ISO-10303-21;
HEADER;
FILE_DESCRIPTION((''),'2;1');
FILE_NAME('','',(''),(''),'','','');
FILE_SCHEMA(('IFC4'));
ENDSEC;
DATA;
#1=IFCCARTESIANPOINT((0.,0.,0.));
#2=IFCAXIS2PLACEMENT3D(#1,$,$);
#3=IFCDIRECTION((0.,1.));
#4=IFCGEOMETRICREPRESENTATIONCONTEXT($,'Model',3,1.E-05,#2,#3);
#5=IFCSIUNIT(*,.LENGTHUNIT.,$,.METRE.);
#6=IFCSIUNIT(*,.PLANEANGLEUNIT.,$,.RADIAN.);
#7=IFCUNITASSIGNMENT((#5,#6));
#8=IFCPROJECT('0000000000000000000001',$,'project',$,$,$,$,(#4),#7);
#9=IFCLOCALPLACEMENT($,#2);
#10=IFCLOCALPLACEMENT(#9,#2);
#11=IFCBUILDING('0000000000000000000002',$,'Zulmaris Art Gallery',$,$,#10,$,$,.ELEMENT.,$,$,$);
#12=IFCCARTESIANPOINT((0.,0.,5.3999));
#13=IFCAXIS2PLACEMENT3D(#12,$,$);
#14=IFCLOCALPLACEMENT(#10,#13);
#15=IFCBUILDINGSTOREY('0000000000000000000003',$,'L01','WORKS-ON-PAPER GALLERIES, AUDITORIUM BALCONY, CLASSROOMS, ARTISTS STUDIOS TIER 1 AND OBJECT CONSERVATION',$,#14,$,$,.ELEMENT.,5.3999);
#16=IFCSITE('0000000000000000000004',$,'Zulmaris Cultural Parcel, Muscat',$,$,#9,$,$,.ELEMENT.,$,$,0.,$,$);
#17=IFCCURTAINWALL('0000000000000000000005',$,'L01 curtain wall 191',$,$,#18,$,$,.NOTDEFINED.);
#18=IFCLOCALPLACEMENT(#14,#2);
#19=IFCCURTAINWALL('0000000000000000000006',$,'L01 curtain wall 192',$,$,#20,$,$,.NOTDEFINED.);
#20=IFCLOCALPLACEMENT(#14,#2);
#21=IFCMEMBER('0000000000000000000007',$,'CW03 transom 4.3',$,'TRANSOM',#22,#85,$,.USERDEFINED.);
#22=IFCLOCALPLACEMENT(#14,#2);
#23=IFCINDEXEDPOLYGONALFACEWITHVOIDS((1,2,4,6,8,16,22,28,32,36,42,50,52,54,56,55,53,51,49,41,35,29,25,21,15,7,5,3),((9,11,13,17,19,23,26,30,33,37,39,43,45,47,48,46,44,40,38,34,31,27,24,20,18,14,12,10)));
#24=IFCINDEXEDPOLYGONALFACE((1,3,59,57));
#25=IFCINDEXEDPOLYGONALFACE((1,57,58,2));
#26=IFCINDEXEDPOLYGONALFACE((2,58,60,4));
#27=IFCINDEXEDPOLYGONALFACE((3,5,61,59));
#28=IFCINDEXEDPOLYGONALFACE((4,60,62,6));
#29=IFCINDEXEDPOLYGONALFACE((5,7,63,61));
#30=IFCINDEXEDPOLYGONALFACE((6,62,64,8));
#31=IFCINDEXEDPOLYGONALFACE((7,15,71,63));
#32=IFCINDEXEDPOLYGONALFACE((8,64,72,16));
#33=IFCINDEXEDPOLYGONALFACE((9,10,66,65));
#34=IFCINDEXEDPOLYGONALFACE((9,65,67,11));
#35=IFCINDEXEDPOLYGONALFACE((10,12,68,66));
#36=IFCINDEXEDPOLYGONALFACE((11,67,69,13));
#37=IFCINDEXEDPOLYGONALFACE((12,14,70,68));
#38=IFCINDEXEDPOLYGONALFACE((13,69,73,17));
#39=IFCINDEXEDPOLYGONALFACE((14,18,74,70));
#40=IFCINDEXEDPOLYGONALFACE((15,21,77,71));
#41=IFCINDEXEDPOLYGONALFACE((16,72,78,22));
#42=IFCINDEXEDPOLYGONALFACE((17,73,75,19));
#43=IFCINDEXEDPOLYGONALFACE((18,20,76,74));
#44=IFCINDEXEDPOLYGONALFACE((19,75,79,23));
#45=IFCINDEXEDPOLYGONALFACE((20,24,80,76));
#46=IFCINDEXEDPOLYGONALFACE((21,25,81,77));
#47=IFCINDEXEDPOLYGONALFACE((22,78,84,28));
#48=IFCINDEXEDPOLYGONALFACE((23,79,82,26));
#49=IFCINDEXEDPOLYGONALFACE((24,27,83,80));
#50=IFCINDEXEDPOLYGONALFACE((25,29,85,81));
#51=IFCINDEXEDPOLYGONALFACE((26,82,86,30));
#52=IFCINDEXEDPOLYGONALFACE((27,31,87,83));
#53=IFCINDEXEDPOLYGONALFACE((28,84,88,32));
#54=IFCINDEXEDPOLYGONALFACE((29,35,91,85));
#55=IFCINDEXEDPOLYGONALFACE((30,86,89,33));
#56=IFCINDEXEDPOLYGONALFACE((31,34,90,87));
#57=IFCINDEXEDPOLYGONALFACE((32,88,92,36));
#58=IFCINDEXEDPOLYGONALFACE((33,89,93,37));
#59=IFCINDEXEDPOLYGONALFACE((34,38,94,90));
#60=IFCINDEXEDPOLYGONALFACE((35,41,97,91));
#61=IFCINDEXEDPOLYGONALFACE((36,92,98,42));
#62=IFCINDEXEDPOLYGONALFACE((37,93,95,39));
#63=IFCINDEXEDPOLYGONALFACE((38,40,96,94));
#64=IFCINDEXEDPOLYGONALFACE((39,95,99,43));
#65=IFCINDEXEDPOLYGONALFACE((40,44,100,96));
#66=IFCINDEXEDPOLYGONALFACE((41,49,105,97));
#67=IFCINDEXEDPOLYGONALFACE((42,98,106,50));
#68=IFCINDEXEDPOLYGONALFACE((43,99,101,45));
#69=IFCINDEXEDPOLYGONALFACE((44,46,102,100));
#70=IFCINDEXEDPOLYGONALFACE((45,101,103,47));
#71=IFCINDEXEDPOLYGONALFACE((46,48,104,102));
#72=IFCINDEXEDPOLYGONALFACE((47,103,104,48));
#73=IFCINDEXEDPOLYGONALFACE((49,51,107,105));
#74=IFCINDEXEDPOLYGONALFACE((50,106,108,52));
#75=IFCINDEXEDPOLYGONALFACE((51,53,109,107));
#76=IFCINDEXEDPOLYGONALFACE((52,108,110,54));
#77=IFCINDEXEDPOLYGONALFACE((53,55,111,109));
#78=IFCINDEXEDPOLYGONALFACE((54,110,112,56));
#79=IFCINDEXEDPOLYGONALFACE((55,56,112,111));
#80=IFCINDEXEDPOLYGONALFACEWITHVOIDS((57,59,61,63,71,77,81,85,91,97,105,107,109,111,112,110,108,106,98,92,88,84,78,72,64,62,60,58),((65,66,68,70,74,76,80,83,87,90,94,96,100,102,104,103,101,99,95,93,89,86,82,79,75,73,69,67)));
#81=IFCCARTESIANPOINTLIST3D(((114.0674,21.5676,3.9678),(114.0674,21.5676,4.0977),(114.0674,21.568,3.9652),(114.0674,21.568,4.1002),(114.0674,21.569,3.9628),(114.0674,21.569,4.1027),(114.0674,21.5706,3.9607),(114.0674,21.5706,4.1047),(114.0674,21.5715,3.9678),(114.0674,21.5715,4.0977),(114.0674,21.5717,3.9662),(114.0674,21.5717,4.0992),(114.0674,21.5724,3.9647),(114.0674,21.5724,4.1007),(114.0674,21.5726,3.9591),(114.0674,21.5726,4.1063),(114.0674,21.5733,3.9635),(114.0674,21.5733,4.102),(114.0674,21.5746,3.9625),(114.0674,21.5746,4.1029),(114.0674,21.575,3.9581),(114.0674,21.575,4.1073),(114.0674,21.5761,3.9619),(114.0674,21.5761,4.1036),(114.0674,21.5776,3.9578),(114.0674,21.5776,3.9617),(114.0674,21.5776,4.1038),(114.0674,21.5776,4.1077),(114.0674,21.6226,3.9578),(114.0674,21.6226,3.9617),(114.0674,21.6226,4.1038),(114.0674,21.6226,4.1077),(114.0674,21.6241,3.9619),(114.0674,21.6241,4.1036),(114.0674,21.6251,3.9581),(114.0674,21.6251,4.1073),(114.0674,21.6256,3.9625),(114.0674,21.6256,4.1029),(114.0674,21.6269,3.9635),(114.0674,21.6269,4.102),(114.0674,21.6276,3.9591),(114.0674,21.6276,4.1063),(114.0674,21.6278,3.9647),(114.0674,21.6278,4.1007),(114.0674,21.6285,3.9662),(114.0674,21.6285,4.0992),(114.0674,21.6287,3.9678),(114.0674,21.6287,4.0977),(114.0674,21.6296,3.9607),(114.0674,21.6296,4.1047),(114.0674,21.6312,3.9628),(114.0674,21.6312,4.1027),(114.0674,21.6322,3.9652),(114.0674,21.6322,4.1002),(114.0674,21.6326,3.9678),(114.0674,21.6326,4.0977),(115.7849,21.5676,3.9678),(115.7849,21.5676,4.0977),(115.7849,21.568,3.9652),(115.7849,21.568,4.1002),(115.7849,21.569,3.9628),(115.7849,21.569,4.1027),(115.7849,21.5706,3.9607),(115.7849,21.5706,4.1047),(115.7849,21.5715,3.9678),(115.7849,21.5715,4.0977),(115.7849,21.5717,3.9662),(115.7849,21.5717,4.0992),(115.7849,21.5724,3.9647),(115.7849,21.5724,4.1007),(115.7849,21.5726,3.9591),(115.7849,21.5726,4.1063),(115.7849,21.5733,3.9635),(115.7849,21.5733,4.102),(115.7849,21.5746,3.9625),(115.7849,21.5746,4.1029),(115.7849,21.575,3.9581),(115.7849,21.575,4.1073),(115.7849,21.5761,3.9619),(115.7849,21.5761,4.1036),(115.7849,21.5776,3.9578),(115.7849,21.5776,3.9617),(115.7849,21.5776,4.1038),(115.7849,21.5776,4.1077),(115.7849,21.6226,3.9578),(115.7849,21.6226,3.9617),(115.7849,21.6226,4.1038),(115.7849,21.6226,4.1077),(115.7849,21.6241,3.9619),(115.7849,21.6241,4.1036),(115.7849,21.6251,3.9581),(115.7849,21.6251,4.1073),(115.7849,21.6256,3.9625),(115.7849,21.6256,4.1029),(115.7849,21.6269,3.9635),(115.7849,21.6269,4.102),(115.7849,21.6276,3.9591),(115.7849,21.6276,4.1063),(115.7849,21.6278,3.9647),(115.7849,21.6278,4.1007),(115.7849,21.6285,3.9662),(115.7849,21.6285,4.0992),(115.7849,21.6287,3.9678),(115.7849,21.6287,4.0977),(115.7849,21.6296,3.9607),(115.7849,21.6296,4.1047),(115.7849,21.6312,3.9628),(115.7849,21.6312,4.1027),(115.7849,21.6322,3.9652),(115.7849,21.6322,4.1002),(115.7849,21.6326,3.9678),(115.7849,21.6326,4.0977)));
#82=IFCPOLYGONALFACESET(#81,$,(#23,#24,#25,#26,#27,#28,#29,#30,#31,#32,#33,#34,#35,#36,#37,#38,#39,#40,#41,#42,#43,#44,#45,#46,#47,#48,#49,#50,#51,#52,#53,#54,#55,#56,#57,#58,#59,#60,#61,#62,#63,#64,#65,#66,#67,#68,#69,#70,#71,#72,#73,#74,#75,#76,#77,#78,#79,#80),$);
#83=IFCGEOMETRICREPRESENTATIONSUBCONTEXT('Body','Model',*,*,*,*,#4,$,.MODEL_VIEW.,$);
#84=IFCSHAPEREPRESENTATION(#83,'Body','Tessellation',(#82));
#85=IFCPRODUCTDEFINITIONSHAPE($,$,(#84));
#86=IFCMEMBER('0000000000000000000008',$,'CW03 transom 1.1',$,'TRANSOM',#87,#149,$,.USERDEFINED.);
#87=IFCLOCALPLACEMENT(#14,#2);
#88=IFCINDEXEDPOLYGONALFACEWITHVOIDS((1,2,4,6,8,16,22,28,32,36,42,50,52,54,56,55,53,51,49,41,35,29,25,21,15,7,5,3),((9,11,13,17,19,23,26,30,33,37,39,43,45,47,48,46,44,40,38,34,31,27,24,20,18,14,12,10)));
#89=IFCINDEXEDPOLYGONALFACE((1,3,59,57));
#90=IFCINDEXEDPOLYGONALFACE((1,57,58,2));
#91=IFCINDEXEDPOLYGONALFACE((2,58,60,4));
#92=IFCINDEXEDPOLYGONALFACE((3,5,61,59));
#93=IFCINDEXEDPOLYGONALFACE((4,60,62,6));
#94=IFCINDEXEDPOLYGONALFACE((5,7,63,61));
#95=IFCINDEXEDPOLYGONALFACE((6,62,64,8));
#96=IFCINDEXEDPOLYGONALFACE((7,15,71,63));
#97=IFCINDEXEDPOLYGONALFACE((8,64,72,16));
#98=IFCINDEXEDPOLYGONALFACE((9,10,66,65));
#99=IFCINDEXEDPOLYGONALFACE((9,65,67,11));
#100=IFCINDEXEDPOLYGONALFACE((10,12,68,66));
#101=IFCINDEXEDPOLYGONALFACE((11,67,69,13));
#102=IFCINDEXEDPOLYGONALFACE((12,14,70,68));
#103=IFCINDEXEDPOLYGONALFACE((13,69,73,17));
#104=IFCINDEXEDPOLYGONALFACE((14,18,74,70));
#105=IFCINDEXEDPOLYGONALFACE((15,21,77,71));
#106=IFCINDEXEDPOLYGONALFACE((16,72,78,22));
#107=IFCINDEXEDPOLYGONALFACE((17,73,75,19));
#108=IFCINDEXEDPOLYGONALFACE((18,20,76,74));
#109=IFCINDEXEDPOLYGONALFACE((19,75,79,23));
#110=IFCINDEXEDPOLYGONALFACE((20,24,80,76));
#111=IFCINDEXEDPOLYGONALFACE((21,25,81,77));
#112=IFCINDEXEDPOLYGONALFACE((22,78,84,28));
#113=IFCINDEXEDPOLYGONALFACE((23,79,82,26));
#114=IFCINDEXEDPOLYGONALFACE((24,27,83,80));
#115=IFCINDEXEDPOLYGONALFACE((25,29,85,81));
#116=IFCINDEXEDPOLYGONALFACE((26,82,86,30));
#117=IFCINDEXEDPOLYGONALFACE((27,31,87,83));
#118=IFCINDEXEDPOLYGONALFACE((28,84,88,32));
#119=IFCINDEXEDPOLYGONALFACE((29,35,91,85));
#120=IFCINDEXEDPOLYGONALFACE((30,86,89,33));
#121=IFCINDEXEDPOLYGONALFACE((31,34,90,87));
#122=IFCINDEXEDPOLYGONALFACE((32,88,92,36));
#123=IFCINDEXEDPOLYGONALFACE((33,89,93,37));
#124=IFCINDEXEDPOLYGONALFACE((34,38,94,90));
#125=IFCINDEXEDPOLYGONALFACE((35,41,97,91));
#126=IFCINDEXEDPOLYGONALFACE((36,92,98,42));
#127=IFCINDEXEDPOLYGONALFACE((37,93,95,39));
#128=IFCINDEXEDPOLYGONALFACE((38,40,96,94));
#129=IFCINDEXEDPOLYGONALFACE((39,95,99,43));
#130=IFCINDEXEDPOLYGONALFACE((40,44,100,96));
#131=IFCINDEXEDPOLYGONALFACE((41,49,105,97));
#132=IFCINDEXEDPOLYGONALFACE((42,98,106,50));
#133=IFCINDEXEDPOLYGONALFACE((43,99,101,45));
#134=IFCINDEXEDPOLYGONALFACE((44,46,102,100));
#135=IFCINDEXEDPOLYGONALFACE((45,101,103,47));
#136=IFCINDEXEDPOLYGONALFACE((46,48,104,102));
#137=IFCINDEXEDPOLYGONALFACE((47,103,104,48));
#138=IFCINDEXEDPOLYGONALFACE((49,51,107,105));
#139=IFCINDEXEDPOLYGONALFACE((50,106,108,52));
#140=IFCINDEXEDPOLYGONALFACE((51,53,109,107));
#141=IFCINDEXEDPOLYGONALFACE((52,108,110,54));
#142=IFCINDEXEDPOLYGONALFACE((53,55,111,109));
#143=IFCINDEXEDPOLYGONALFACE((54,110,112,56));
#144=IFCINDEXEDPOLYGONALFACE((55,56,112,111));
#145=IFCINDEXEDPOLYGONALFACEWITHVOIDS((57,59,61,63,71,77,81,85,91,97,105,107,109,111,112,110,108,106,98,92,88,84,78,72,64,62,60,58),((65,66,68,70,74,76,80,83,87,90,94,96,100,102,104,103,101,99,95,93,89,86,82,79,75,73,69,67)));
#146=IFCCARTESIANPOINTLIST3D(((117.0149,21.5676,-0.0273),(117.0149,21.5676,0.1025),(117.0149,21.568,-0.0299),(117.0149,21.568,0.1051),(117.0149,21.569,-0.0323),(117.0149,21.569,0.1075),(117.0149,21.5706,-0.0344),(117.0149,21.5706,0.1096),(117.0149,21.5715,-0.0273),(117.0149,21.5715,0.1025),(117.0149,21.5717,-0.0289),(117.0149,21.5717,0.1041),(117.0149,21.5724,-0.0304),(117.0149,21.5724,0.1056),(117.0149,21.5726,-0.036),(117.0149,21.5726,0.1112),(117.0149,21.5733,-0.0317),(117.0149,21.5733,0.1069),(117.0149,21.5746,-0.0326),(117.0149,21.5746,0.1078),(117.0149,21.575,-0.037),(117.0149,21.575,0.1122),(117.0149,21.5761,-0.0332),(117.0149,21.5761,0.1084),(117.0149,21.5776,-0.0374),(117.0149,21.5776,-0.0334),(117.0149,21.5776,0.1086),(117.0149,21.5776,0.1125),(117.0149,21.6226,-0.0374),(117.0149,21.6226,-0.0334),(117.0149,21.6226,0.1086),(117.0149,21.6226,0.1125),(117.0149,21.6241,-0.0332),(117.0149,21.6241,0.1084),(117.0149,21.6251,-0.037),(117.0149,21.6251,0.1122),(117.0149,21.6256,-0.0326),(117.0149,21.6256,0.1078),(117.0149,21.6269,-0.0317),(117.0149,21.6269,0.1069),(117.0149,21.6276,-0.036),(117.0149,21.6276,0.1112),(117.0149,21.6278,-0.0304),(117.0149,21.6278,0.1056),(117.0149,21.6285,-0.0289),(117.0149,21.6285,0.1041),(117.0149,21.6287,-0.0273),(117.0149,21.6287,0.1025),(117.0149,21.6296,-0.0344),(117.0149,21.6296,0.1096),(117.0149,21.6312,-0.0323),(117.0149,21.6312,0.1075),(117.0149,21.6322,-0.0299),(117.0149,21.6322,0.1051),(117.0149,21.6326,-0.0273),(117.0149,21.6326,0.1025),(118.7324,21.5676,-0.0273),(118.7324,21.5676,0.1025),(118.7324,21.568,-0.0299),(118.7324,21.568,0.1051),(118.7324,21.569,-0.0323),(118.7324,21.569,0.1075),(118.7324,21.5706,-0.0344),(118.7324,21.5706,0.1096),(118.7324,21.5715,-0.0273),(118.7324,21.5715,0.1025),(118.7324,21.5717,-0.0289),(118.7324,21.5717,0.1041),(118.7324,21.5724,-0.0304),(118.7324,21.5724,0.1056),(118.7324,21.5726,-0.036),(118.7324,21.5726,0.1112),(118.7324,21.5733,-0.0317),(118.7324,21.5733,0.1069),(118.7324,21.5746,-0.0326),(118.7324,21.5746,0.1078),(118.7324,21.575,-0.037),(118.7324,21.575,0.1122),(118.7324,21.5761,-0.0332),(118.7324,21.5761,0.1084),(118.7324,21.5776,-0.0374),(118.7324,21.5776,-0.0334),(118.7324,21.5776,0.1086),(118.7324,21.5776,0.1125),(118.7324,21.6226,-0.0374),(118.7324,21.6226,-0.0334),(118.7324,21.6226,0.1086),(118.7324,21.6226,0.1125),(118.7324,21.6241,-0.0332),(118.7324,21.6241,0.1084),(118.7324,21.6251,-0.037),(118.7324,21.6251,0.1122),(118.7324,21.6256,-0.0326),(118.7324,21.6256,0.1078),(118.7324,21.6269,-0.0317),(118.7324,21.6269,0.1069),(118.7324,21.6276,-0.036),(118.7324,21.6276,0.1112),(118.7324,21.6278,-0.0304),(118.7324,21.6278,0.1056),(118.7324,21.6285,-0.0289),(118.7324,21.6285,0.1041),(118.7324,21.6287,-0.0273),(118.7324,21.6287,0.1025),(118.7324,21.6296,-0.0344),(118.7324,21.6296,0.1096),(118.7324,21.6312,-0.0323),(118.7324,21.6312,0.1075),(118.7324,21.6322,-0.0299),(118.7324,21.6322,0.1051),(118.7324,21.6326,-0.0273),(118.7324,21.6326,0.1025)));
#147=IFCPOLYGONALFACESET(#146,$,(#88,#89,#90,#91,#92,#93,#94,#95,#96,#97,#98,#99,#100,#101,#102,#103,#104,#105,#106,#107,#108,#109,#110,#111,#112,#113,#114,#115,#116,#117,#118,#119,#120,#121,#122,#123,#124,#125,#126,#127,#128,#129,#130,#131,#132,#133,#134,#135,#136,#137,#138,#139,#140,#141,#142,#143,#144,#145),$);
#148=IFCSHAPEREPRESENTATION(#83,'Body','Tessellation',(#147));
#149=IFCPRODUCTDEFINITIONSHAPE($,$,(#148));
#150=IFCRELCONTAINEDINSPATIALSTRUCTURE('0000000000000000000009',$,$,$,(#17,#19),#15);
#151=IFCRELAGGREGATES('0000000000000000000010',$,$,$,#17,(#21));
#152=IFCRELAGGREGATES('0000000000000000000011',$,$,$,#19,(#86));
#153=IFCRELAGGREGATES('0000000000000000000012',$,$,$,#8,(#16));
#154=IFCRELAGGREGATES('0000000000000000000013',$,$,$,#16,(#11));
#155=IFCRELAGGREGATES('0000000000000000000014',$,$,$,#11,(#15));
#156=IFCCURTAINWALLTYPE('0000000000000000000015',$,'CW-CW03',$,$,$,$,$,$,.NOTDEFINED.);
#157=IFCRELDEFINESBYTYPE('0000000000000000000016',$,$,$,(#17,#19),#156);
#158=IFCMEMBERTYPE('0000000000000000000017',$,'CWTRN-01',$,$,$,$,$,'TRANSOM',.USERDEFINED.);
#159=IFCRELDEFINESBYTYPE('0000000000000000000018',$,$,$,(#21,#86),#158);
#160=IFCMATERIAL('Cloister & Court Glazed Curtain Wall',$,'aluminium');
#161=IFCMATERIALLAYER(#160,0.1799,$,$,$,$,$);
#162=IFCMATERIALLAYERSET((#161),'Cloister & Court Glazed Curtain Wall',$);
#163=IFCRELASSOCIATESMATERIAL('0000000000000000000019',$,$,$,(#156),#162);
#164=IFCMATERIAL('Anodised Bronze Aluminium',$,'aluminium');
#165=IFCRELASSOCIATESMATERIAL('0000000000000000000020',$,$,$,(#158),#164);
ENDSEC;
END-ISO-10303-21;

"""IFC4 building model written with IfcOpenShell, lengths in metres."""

from ifc_helpers import new_model, si_unit, direction, frame, origin, origin_2d, place, context, subcontext, project, spatial, hollow_rectangle, extrude, material, layer, layer_set, material_profile, profile_set, type_object, element, aggregate, save


model = new_model("IFC4")

# Units and contexts
model_context = context("Model", 3, precision=1e-05, world=origin(), true_north=direction((0.0, 1.0)))
body_context = subcontext(model_context, "Body", "Model", "MODEL_VIEW")
ifc_project = project(units=[si_unit("LENGTHUNIT", "METRE"), si_unit("PLANEANGLEUNIT", "RADIAN")], contexts=[model_context])

# Site, building, storey
site_placement = place(None, origin())
site = spatial("IfcSite", under=ifc_project, at=site_placement, Name="Zulmaris Cultural Parcel, Muscat", CompositionType="ELEMENT", RefElevation=0.0)
building_placement = place(site_placement, origin())
building = spatial("IfcBuilding", under=site, at=building_placement, Name="Zulmaris Art Gallery", CompositionType="ELEMENT")
storey_placement = place(building_placement, frame((0.0, 0.0, 5.3999)))
storey = spatial("IfcBuildingStorey", under=building, at=storey_placement, Name="L01", Description="WORKS-ON-PAPER GALLERIES, AUDITORIUM BALCONY, CLASSROOMS, ARTISTS STUDIOS TIER 1 AND OBJECT CONSERVATION", CompositionType="ELEMENT", Elevation=5.3999)

# Curtain wall
ifc_material_1 = material(Name="Cloister & Court Glazed Curtain Wall", Category="aluminium")
ifc_layer_1 = layer(ifc_material_1, 0.1799)
ifc_layer_set_1 = layer_set([ifc_layer_1], Name="Cloister & Court Glazed Curtain Wall")
curtain_wall_type = type_object("IfcCurtainWallType", Name="CW-CW03", PredefinedType="NOTDEFINED", material=ifc_layer_set_1)
curtain_wall_1_placement = place(storey_placement, origin())
curtain_wall_1 = element("IfcCurtainWall", 1, at=curtain_wall_1_placement, inside=storey, type_object=curtain_wall_type, Name="L01 curtain wall 191", PredefinedType="NOTDEFINED")
ifc_material_2 = material(Name="Anodised Bronze Aluminium", Category="aluminium")

# Curtain wall
curtain_wall_2_placement = place(storey_placement, origin())
curtain_wall_2 = element("IfcCurtainWall", 2, at=curtain_wall_2_placement, inside=storey, type_object=curtain_wall_type, Name="L01 curtain wall 192", PredefinedType="NOTDEFINED")

# Members
ifc_material_profile_1 = material_profile(ifc_material_2, hollow_rectangle(XDim=0.0649, YDim=0.1499, WallThickness=0.0039, InnerFilletRadius=0.0061, OuterFilletRadius=0.01, at=origin_2d()), Name="ALU 65x150x4")
ifc_profile_set_1 = profile_set([ifc_material_profile_1], Name="Anodised Bronze Aluminium")
member_type_1 = type_object("IfcMemberType", Name="CWTRN-01", ElementType="TRANSOM", PredefinedType="USERDEFINED", material=ifc_profile_set_1)
member_1_placement = place(storey_placement, frame((114.0674, 21.6001, 4.0327), z_axis=(1.0, 0.0, 0.0), x_axis=(0.0, 1.0, 0.0)))
member_1 = element("IfcMember", 3, at=member_1_placement, type_object=member_type_1, Name="CW03 transom 4.3", ObjectType="TRANSOM", PredefinedType="USERDEFINED", context=body_context, shape_type="SweptSolid", body=[
    extrude(hollow_rectangle(XDim=0.0649, YDim=0.1499, WallThickness=0.0039, InnerFilletRadius=0.0061, OuterFilletRadius=0.01, at=origin_2d()), origin(), (0.0, 0.0, 1.0), 1.7175),
])
member_2_placement = place(storey_placement, frame((117.0149, 21.6001, 0.0376), z_axis=(1.0, 0.0, 0.0), x_axis=(0.0, 1.0, 0.0)))
member_2 = element("IfcMember", 4, at=member_2_placement, type_object=member_type_1, Name="CW03 transom 1.1", ObjectType="TRANSOM", PredefinedType="USERDEFINED", context=body_context, shape_type="SweptSolid", body=[
    extrude(hollow_rectangle(XDim=0.0649, YDim=0.1499, WallThickness=0.0039, InnerFilletRadius=0.0061, OuterFilletRadius=0.01, at=origin_2d()), origin(), (0.0, 0.0, 1.0), 1.7175),
])

aggregate(curtain_wall_1, [member_1])
aggregate(curtain_wall_2, [member_2])

save(model, "model.ifc")
